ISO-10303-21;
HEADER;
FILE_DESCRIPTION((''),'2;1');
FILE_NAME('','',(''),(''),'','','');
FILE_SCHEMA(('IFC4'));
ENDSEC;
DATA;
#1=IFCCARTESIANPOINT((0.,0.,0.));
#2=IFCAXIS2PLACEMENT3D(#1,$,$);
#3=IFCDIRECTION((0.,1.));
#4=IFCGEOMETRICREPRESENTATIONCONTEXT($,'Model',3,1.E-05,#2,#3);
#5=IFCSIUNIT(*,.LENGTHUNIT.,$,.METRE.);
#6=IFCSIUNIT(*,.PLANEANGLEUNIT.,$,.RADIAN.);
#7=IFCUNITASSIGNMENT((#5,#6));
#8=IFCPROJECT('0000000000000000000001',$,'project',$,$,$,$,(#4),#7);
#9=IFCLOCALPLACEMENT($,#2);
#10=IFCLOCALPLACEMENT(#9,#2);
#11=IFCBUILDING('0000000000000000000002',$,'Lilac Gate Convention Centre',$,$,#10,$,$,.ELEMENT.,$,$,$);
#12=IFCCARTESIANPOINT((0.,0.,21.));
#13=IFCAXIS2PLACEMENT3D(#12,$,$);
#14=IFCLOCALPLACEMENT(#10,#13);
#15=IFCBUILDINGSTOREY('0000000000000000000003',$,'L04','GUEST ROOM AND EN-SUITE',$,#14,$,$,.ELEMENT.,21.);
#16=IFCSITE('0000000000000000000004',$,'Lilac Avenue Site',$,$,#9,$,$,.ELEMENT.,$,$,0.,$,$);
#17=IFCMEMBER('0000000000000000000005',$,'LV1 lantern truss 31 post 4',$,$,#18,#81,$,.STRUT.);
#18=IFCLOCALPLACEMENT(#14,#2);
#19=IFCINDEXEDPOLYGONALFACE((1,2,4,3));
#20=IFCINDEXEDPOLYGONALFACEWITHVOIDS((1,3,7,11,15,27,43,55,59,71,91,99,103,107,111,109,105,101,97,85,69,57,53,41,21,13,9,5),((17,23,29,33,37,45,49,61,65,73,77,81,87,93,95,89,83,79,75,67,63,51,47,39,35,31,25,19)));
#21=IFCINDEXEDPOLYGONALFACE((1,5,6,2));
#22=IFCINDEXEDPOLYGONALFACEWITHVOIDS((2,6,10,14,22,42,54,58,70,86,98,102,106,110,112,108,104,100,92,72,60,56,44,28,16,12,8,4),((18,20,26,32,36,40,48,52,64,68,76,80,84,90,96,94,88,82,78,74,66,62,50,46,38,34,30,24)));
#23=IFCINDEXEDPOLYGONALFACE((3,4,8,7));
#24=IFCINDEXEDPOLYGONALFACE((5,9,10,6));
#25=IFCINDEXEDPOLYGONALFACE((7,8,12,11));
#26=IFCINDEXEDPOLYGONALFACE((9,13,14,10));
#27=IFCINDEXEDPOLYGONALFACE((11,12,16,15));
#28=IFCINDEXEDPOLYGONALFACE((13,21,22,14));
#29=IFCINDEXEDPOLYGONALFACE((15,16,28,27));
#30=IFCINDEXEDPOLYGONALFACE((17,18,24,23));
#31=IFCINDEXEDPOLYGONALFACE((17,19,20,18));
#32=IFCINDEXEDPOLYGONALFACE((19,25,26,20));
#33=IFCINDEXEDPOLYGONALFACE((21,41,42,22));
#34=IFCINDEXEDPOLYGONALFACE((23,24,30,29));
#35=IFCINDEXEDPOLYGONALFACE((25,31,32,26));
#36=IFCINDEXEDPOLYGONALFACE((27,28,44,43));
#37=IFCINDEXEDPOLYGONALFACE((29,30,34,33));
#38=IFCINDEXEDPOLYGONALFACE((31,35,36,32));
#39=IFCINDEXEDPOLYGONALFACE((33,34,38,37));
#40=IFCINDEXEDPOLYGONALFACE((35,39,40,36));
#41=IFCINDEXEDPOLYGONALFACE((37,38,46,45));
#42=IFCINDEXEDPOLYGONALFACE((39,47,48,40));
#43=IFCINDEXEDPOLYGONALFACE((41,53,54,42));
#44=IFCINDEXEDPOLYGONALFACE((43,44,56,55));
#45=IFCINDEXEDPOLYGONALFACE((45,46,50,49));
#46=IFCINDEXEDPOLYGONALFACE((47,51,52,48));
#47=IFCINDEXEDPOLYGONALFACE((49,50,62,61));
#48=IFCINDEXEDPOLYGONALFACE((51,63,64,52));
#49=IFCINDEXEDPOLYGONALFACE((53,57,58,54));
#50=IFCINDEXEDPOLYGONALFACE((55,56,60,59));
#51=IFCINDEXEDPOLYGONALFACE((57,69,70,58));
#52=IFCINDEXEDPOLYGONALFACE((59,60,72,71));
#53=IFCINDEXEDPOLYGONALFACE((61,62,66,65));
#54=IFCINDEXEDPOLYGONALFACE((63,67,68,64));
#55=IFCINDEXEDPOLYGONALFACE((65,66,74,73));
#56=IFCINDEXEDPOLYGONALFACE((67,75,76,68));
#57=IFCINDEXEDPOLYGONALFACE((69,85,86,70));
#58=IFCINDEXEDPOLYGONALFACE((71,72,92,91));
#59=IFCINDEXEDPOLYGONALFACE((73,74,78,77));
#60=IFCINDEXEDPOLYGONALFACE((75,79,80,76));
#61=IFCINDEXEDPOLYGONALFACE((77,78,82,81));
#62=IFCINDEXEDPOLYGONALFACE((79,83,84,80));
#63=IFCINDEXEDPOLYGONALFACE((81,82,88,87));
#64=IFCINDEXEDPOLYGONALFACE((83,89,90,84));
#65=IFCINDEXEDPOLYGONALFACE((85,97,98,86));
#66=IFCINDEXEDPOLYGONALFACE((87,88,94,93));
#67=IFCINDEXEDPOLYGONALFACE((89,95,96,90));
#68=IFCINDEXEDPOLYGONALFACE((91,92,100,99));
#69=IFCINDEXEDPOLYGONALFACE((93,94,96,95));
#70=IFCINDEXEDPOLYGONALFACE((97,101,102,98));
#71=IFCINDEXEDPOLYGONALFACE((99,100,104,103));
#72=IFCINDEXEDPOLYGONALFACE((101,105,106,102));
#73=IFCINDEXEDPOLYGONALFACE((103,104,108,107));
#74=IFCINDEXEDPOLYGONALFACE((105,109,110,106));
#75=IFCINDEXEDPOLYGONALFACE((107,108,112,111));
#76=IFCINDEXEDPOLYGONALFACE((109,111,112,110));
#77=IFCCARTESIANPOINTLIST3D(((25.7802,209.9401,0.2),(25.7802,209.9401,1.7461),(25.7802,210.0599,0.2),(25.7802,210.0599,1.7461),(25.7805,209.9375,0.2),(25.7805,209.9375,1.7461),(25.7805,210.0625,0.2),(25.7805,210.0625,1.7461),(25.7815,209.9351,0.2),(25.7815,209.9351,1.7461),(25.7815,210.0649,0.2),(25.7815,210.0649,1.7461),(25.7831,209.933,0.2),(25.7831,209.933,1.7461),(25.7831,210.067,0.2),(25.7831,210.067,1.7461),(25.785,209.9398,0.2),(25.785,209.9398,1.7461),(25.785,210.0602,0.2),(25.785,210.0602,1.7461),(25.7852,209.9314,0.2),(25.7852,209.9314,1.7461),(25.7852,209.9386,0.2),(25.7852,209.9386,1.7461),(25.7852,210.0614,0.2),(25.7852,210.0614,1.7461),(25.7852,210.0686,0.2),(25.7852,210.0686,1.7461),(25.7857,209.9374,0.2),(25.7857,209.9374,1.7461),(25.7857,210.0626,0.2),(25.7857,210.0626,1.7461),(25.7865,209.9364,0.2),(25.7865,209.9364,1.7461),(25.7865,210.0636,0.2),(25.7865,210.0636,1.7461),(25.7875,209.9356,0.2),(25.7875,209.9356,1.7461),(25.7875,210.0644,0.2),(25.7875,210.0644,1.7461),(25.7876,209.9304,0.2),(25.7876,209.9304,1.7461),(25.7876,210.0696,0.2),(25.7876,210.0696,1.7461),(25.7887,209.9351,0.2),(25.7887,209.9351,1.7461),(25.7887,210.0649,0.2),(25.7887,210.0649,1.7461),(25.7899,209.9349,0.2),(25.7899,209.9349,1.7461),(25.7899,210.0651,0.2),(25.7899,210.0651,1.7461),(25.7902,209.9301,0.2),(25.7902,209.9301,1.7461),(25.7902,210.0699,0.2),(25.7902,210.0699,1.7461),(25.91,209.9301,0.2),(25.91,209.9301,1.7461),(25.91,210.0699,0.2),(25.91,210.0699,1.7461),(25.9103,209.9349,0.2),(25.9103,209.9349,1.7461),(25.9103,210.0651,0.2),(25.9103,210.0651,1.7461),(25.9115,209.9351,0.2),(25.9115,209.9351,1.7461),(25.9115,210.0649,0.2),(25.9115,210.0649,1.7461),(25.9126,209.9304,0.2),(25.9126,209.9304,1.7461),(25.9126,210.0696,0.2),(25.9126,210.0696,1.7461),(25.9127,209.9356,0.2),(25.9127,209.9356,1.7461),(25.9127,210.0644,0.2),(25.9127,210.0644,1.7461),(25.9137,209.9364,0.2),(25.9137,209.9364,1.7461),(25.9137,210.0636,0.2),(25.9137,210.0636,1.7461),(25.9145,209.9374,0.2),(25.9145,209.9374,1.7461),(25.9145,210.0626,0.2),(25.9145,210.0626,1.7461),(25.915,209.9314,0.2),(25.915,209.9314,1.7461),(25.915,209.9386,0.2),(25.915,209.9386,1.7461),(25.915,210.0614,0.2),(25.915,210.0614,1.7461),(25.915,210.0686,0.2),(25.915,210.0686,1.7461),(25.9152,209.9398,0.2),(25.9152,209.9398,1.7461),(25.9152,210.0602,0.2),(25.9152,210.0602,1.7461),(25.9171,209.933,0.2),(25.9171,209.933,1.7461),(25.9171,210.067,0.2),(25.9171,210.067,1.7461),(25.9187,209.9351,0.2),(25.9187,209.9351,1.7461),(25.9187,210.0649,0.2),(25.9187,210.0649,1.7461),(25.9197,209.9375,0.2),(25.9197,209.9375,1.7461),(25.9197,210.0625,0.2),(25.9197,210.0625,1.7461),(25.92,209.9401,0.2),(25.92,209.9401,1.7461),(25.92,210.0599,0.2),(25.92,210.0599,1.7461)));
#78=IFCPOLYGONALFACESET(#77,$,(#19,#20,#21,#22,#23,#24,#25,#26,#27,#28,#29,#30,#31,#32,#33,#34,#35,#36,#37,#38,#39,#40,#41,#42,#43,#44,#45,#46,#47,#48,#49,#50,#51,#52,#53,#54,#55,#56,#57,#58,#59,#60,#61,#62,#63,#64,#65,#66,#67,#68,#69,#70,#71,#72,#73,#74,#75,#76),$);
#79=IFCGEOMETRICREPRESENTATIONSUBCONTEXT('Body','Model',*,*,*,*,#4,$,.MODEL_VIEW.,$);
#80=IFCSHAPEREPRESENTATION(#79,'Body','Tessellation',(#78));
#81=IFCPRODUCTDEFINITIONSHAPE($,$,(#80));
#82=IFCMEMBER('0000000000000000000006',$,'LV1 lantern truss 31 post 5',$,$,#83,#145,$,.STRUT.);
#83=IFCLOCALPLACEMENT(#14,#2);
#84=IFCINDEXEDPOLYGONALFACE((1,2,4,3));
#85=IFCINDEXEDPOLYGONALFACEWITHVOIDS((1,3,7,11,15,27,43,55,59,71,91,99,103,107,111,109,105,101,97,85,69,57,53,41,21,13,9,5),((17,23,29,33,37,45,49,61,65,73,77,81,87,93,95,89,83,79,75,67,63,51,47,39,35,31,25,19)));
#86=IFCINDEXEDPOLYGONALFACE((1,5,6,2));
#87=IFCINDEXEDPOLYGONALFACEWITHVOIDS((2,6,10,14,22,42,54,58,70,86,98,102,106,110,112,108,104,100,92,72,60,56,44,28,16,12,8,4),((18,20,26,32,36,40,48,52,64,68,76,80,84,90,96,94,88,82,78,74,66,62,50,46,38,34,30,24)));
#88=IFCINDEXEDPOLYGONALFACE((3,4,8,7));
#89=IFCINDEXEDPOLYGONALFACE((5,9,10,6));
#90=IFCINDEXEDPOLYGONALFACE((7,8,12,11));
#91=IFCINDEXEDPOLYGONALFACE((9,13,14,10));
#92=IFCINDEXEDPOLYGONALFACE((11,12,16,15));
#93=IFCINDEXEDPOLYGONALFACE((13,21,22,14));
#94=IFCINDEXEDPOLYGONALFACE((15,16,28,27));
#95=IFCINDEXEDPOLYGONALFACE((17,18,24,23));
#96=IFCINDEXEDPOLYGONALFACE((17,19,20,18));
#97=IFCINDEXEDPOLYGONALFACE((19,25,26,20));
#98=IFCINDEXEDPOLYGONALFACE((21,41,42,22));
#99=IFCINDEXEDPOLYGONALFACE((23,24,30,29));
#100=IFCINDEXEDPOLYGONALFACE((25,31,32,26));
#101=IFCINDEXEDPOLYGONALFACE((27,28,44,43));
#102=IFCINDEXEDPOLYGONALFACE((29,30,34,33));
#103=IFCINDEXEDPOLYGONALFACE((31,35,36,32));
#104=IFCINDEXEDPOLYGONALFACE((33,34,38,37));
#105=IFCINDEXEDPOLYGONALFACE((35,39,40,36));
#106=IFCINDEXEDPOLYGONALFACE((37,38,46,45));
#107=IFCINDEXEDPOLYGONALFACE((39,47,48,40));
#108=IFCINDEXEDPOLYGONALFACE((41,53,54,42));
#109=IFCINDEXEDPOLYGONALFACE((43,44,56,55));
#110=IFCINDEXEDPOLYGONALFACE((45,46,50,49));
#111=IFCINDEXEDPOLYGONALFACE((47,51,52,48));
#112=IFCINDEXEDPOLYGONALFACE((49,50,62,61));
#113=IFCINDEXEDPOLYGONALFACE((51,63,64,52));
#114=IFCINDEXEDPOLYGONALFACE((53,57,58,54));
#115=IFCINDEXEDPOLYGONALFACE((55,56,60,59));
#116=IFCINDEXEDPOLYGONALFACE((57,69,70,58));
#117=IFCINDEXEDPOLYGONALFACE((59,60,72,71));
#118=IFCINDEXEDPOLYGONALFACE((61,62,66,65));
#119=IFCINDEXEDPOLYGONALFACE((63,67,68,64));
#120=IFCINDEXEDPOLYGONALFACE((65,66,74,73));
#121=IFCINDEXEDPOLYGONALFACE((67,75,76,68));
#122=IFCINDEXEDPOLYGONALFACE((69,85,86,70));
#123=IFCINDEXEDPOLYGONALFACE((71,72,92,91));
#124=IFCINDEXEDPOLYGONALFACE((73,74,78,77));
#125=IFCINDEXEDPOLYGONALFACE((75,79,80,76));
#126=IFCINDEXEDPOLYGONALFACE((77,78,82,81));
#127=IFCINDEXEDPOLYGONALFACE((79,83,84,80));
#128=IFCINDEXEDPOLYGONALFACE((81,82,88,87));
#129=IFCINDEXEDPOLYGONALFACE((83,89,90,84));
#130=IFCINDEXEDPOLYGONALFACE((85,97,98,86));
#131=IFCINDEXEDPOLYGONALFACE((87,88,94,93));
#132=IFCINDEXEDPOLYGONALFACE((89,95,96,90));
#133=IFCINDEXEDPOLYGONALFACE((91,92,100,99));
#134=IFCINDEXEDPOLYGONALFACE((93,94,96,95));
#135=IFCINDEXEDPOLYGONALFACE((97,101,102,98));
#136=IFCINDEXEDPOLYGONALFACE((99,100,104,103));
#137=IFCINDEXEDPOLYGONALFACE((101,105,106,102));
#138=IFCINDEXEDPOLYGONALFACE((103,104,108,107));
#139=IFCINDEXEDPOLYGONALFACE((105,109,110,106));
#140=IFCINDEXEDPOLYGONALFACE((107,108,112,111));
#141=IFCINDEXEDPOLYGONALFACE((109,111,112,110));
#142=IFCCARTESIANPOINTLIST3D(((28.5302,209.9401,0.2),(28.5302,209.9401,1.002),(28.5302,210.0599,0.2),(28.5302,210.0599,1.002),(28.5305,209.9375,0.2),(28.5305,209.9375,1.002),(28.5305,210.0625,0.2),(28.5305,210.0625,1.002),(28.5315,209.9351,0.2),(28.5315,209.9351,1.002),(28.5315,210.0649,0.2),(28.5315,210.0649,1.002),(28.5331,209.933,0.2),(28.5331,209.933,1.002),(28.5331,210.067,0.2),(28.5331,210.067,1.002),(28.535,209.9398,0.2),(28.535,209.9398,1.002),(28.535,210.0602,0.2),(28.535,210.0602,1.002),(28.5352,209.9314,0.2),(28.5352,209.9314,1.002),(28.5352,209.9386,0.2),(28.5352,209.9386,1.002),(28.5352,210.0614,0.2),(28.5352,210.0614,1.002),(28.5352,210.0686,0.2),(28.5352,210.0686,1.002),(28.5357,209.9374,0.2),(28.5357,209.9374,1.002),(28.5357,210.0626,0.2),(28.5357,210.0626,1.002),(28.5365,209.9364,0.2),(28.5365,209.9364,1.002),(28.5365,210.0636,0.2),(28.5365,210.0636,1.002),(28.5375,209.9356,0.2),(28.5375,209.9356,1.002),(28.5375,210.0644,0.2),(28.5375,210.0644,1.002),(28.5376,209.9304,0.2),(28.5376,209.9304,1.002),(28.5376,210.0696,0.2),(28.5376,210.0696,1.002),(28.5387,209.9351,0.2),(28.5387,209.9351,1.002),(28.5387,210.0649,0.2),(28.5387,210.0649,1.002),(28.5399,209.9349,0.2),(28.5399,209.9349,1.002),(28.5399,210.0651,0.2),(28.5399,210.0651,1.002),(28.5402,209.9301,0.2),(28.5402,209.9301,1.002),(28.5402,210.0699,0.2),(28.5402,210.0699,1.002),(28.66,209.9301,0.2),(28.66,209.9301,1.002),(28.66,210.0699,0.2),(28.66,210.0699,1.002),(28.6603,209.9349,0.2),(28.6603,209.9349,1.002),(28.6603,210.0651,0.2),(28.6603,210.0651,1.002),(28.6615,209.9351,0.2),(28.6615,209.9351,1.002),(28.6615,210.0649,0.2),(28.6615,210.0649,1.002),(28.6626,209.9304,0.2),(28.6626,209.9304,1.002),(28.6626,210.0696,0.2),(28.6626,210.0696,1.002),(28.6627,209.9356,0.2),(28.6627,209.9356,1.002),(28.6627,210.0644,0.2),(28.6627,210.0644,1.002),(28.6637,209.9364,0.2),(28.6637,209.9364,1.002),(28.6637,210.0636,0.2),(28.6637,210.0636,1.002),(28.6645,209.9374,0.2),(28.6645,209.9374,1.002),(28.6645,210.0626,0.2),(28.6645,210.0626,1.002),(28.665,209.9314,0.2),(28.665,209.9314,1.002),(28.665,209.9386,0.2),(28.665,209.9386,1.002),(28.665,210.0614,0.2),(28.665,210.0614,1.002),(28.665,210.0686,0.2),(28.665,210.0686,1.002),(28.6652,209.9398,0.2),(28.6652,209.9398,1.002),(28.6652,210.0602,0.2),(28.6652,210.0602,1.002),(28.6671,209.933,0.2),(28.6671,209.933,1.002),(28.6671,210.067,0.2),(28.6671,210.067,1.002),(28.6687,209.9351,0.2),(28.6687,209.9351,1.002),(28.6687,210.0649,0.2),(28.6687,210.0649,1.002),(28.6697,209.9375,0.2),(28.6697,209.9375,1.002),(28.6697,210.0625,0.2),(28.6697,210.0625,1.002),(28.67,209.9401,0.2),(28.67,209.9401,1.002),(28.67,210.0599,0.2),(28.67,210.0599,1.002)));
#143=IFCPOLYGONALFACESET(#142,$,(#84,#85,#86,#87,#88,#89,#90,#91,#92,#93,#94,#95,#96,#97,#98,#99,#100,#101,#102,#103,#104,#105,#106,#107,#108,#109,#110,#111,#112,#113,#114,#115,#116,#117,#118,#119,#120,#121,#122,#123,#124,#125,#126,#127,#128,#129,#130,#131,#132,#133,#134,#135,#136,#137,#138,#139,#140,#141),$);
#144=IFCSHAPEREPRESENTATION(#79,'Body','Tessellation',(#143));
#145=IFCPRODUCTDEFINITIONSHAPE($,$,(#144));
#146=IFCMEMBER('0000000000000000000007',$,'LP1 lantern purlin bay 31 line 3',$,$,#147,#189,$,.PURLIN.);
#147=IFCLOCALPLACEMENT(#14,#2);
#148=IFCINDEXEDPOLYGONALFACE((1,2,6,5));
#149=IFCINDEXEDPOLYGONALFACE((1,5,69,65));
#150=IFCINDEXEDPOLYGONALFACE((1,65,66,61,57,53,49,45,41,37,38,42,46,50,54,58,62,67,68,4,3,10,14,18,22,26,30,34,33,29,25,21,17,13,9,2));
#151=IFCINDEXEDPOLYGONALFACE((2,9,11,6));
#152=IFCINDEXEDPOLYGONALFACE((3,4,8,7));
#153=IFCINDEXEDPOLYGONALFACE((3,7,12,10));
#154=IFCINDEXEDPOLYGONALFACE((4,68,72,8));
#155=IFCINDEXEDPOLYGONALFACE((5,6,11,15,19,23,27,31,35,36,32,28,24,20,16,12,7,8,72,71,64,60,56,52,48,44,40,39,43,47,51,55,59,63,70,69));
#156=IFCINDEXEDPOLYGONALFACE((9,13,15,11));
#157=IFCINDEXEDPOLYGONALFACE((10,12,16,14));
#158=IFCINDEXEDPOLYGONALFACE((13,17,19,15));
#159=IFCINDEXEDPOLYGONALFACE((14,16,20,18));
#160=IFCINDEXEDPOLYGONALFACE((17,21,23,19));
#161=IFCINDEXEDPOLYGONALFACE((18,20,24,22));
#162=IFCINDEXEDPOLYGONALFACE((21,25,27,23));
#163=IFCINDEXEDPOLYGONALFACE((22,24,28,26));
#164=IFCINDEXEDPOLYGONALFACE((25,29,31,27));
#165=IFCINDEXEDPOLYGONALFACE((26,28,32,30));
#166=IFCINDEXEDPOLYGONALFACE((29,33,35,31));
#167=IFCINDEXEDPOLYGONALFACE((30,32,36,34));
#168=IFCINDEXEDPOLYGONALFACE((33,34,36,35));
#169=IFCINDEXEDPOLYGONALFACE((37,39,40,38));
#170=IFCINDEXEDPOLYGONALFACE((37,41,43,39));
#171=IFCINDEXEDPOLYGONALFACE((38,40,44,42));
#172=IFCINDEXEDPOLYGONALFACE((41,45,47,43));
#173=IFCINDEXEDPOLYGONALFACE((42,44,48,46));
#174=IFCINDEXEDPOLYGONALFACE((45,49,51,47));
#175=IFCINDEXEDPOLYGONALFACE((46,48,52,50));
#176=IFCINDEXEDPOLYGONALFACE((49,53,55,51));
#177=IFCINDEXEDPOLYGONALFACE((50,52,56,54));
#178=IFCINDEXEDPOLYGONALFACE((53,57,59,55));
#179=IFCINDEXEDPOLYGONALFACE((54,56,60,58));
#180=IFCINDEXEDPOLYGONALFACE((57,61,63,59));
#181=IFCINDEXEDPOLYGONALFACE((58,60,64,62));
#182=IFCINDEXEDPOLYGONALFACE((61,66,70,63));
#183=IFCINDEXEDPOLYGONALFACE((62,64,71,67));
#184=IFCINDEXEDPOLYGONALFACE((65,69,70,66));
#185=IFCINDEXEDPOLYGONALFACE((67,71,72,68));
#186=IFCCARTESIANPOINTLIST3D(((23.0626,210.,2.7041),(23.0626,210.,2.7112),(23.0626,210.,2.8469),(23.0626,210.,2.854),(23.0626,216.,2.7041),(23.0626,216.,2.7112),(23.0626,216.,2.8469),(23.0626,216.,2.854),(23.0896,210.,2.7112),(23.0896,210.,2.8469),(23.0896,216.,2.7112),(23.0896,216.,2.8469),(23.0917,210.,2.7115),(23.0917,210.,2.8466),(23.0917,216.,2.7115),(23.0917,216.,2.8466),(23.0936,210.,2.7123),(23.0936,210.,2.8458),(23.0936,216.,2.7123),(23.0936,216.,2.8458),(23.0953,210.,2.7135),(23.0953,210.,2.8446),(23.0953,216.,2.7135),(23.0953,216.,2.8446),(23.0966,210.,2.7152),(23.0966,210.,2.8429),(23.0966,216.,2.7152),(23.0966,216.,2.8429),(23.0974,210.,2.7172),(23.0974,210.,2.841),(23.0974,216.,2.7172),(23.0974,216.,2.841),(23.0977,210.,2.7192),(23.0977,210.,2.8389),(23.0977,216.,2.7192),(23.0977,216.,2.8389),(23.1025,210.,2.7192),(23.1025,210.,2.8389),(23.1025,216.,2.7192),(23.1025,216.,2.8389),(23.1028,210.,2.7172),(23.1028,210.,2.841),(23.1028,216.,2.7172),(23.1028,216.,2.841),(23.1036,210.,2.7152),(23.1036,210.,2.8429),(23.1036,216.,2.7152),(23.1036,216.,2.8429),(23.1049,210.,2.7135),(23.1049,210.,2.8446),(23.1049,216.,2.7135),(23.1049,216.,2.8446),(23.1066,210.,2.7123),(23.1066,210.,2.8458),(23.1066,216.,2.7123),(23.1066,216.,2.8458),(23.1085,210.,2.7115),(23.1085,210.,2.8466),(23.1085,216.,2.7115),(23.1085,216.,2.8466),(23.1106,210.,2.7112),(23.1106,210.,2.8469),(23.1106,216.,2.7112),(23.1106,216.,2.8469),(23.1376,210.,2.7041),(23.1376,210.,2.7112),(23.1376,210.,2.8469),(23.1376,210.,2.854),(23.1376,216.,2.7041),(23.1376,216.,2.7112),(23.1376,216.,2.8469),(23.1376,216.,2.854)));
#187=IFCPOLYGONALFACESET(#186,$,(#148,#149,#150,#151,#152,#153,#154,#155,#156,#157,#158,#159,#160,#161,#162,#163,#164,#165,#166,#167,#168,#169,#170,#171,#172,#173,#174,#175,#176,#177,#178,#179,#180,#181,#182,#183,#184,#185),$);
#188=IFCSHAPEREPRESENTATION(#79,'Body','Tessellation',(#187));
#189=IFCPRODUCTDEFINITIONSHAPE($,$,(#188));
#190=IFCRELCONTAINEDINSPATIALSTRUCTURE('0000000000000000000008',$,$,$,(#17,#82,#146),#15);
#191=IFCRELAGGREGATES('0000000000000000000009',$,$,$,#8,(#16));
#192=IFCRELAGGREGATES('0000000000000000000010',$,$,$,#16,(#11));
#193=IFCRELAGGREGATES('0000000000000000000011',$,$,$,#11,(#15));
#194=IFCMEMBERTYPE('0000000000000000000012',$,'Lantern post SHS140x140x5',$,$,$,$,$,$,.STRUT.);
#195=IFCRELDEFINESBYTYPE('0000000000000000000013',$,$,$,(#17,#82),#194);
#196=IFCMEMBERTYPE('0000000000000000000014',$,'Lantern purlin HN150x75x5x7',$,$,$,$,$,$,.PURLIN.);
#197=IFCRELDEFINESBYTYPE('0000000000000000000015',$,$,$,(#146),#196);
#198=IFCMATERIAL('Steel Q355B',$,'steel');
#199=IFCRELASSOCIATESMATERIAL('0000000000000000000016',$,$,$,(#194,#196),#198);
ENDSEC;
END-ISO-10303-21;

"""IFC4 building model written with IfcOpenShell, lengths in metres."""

from ifc_helpers import new_model, si_unit, direction, frame, origin, origin_2d, place, context, subcontext, project, spatial, hollow_rectangle, i_section, extrude, material, material_profile, profile_set, type_object, element, save


model = new_model("IFC4")

# Units and contexts
model_context = context("Model", 3, precision=1e-05, world=origin(), true_north=direction((0.0, 1.0)))
body_context = subcontext(model_context, "Body", "Model", "MODEL_VIEW")
ifc_project = project(units=[si_unit("LENGTHUNIT", "METRE"), si_unit("PLANEANGLEUNIT", "RADIAN")], contexts=[model_context])

# Site, building, storey
site_placement = place(None, origin())
site = spatial("IfcSite", under=ifc_project, at=site_placement, Name="Lilac Avenue Site", CompositionType="ELEMENT", RefElevation=0.0)
building_placement = place(site_placement, origin())
building = spatial("IfcBuilding", under=site, at=building_placement, Name="Lilac Gate Convention Centre", CompositionType="ELEMENT")
storey_placement = place(building_placement, frame((0.0, 0.0, 21.0)))
storey = spatial("IfcBuildingStorey", under=building, at=storey_placement, Name="L04", Description="GUEST ROOM AND EN-SUITE", CompositionType="ELEMENT", Elevation=21.0)

# Members
ifc_material_1 = material(Name="Steel Q355B", Category="steel")
ifc_material_profile_1 = material_profile(ifc_material_1, hollow_rectangle(XDim=0.1399, YDim=0.1399, WallThickness=0.0049, InnerFilletRadius=0.0049, OuterFilletRadius=0.01, at=origin_2d()), Name="SHS140x140x5")
ifc_profile_set_1 = profile_set([ifc_material_profile_1], Name="Steel Q355B")
member_type_1 = type_object("IfcMemberType", Name="Lantern post SHS140x140x5", PredefinedType="STRUT", material=ifc_profile_set_1)
member_1_placement = place(storey_placement, frame((25.8501, 210.0, 0.2), z_axis=(0.0, 0.0, 1.0), x_axis=(1.0, 0.0, 0.0)))
element("IfcMember", 1, at=member_1_placement, inside=storey, type_object=member_type_1, Name="LV1 lantern truss 31 post 4", PredefinedType="STRUT", context=body_context, shape_type="SweptSolid", body=[
    extrude(hollow_rectangle(XDim=0.1399, YDim=0.1399, WallThickness=0.0049, InnerFilletRadius=0.0049, OuterFilletRadius=0.01, at=origin_2d()), origin(), (0.0, 0.0, 1.0), 1.5461),
])
member_2_placement = place(storey_placement, frame((28.6001, 210.0, 0.2), z_axis=(0.0, 0.0, 1.0), x_axis=(1.0, 0.0, 0.0)))
element("IfcMember", 2, at=member_2_placement, inside=storey, type_object=member_type_1, Name="LV1 lantern truss 31 post 5", PredefinedType="STRUT", context=body_context, shape_type="SweptSolid", body=[
    extrude(hollow_rectangle(XDim=0.1399, YDim=0.1399, WallThickness=0.0049, InnerFilletRadius=0.0049, OuterFilletRadius=0.01, at=origin_2d()), origin(), (0.0, 0.0, 1.0), 0.802),
])
ifc_material_profile_2 = material_profile(ifc_material_1, i_section(OverallWidth=0.075, OverallDepth=0.1499, WebThickness=0.0049, FlangeThickness=0.0071, FilletRadius=0.0081, at=origin_2d()), Name="HN150x75x5x7")
ifc_profile_set_2 = profile_set([ifc_material_profile_2], Name="Steel Q355B")
member_type_2 = type_object("IfcMemberType", Name="Lantern purlin HN150x75x5x7", PredefinedType="PURLIN", material=ifc_profile_set_2)
for number, where, z_axis, x_axis, name in (
    (3, (23.1001, 210.0, 2.7791), (0.0, 1.0, 0.0), (-1.0, 0.0, 0.0), "LP1 lantern purlin bay 31 line 3"),
):
    element("IfcMember", number, at=place(storey_placement, frame(where, z_axis=z_axis, x_axis=x_axis)), inside=storey, type_object=member_type_2, Name=name, PredefinedType="PURLIN", context=body_context, shape_type="SweptSolid", body=[
        extrude(i_section(OverallWidth=0.075, OverallDepth=0.1499, WebThickness=0.0049, FlangeThickness=0.0071, FilletRadius=0.0081, at=origin_2d()), origin(), (0.0, 0.0, 1.0), 6.0),
    ])

save(model, "model.ifc")
